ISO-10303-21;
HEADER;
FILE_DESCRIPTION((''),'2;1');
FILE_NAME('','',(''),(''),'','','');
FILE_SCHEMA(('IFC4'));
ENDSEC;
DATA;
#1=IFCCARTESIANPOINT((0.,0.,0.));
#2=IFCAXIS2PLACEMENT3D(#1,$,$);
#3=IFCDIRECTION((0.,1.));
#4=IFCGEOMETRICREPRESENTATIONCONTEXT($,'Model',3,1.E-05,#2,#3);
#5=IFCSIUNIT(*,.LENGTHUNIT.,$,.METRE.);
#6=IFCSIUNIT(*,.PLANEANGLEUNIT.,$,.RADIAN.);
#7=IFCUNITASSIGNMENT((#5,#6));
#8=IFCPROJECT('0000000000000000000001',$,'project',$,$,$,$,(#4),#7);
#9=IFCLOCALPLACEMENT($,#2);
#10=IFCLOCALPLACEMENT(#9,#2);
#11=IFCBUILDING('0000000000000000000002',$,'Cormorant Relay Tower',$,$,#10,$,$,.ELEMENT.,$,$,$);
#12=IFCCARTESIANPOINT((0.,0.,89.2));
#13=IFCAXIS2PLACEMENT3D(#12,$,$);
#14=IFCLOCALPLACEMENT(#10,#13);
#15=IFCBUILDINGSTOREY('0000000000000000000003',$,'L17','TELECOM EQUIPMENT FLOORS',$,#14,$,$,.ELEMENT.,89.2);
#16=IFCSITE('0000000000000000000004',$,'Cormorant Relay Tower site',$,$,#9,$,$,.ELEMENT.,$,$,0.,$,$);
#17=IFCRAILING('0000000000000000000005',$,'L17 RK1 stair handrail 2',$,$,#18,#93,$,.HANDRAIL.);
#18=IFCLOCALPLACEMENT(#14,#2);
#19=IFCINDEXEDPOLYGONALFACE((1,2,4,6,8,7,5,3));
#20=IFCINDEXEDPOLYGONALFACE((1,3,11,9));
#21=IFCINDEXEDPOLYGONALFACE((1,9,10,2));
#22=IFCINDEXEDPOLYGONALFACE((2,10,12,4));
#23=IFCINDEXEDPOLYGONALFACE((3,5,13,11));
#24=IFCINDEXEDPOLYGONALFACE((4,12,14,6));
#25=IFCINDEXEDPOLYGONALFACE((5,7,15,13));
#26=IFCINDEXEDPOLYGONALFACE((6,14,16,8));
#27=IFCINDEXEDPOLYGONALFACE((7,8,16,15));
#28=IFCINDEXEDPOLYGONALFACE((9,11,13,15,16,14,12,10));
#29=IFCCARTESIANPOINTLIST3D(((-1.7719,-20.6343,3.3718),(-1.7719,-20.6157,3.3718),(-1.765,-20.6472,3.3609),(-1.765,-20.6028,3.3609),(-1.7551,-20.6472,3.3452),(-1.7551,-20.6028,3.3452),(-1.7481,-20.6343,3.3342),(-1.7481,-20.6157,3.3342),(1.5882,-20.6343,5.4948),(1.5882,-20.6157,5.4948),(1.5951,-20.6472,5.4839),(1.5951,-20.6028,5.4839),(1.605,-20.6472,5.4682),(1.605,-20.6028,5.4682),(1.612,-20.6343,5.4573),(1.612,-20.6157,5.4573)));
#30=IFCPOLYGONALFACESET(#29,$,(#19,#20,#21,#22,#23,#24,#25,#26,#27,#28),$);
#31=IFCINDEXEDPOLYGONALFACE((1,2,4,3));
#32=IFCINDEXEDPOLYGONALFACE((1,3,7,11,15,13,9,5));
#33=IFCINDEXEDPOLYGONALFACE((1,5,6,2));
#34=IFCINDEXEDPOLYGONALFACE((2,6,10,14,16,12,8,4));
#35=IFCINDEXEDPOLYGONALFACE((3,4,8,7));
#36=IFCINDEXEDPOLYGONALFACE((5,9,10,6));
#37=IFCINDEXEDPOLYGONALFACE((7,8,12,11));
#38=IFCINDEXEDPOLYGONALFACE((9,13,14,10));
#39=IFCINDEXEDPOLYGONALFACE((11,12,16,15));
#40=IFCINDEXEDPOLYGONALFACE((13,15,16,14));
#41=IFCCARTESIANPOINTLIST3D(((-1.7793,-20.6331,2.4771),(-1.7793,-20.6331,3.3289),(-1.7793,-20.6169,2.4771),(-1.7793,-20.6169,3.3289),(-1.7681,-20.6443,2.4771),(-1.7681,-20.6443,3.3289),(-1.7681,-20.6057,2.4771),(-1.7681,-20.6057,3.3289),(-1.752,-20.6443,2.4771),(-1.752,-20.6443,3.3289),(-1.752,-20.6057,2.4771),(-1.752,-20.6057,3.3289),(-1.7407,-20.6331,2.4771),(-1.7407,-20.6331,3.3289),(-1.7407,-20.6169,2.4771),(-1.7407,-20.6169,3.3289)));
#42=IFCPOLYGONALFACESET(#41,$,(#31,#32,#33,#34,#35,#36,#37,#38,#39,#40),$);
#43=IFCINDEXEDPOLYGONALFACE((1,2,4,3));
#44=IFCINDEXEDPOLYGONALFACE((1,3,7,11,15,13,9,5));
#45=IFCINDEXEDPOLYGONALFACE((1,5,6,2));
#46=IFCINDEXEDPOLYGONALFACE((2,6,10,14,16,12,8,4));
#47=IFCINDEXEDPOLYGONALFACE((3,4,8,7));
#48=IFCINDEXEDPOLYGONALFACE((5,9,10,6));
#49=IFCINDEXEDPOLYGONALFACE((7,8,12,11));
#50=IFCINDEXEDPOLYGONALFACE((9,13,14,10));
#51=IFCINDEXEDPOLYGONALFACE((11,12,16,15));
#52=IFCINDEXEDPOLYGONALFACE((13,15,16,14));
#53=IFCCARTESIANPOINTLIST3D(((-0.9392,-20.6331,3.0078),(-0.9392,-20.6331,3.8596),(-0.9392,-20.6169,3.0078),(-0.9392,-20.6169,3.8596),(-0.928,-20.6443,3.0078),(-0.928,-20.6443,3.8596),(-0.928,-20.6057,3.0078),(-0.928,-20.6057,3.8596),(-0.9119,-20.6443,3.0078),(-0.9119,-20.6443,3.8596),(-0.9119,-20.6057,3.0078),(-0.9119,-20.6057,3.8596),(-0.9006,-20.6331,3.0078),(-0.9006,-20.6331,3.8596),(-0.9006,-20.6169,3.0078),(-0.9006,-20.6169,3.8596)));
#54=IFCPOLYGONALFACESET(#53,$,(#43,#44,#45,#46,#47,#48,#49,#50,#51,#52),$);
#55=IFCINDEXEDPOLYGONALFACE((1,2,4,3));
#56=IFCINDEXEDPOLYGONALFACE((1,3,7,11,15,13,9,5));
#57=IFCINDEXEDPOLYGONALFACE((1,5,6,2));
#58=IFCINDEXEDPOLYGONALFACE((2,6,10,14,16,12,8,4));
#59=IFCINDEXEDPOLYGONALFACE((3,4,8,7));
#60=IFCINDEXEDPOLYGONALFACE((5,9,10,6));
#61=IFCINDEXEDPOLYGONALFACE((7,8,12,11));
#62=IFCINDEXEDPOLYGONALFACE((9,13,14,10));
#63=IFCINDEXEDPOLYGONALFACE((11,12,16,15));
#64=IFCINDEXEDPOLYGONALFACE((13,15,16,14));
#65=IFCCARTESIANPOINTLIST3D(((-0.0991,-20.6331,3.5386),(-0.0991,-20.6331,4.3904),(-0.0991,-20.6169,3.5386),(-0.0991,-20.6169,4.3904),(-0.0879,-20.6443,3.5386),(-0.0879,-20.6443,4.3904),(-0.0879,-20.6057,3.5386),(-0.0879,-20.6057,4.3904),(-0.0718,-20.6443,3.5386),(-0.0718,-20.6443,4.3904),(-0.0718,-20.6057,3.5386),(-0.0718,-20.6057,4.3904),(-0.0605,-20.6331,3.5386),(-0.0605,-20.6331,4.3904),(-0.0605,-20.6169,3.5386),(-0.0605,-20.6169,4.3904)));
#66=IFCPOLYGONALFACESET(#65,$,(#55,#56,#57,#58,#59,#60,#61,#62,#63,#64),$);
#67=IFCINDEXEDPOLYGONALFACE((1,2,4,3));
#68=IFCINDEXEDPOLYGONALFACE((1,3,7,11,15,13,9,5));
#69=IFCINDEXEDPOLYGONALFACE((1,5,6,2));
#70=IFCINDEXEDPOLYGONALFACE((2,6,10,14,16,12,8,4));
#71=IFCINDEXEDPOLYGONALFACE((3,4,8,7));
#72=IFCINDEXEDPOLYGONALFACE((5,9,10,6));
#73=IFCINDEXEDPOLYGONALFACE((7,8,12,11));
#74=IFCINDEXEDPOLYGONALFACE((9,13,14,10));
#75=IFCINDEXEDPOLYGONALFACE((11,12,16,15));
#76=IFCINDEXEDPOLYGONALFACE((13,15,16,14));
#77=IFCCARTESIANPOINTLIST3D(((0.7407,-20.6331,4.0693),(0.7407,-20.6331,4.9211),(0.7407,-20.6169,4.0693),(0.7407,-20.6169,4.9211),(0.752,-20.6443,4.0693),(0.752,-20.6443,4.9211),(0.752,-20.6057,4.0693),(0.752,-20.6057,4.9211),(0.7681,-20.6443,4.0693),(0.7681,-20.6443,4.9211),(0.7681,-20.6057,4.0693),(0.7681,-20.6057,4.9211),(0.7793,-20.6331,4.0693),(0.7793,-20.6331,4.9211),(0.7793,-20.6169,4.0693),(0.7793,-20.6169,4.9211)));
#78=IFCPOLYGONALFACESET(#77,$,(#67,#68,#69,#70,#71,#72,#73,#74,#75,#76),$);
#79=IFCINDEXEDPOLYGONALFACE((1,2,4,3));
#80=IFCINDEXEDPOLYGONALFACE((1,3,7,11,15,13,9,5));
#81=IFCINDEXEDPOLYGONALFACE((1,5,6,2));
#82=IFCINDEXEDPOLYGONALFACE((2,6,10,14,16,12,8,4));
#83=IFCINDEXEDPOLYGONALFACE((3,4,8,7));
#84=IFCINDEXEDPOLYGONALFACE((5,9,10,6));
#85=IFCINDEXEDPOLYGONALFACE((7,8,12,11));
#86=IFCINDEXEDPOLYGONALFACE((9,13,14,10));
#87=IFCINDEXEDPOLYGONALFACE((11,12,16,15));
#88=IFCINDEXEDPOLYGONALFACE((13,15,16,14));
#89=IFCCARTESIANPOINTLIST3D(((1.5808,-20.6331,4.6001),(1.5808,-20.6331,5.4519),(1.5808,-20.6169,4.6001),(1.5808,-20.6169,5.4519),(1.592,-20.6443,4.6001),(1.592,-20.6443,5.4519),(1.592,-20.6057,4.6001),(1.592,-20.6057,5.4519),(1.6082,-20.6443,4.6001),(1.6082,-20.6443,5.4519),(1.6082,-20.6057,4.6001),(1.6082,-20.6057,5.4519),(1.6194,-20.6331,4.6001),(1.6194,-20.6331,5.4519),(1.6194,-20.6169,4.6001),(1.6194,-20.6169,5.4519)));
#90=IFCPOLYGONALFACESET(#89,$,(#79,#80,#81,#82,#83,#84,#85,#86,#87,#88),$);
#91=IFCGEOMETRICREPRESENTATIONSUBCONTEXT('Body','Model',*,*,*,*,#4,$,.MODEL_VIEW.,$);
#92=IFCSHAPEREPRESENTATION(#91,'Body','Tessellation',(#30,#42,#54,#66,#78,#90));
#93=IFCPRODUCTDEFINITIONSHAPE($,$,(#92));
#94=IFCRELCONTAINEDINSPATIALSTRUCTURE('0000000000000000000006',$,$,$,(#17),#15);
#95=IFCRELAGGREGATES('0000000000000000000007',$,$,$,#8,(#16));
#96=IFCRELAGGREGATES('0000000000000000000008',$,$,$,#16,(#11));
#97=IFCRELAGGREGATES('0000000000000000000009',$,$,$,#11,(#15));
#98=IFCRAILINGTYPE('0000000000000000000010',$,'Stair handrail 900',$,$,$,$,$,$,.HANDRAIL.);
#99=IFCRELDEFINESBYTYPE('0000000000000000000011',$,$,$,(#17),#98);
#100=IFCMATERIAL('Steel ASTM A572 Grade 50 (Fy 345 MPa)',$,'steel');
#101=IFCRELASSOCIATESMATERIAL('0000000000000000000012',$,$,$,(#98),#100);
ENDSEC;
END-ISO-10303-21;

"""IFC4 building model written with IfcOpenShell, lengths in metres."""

from ifc_helpers import new_model, si_unit, direction, frame, origin, place, context, subcontext, project, spatial, polyline, outline, extrude, material, type_object, element, save


model = new_model("IFC4")

# Units and contexts
model_context = context("Model", 3, precision=1e-05, world=origin(), true_north=direction((0.0, 1.0)))
body_context = subcontext(model_context, "Body", "Model", "MODEL_VIEW")
ifc_project = project(units=[si_unit("LENGTHUNIT", "METRE"), si_unit("PLANEANGLEUNIT", "RADIAN")], contexts=[model_context])

# Site, building, storey
site_placement = place(None, origin())
site = spatial("IfcSite", under=ifc_project, at=site_placement, Name="Cormorant Relay Tower site", CompositionType="ELEMENT", RefElevation=0.0)
building_placement = place(site_placement, origin())
building = spatial("IfcBuilding", under=site, at=building_placement, Name="Cormorant Relay Tower", CompositionType="ELEMENT")
storey_placement = place(building_placement, frame((0.0, 0.0, 89.2)))
storey = spatial("IfcBuildingStorey", under=building, at=storey_placement, Name="L17", Description="TELECOM EQUIPMENT FLOORS", CompositionType="ELEMENT", Elevation=89.2)

# Railing
ifc_material_1 = material(Name="Steel ASTM A572 Grade 50 (Fy 345 MPa)", Category="steel")
railing_type_1 = type_object("IfcRailingType", Name="Stair handrail 900", PredefinedType="HANDRAIL", material=ifc_material_1)
railing_1_placement = place(storey_placement, frame((-1.76, -20.625, 2.4771)))
element("IfcRailing", 1, at=railing_1_placement, inside=storey, type_object=railing_type_1, Name="L17 RK1 stair handrail 2", PredefinedType="HANDRAIL", context=body_context, shape_type="SweptSolid", body=[
    extrude(outline(polyline([(0.0222, 0.0093), (0.0093, 0.0222), (-0.0093, 0.0222), (-0.0222, 0.0093), (-0.0222, -0.0093), (-0.0093, -0.0222), (0.0093, -0.0222), (0.0222, -0.0093), (0.0222, 0.0093)])), frame((0.0, 0.0, 0.876), z_axis=(0.84539, 0.0, 0.53415), x_axis=(0.0, 1.0, 0.0)), (0.0, 0.0, 1.0), 3.9746),
    extrude(outline(polyline([(0.0193, 0.0081), (0.0081, 0.0193), (-0.0081, 0.0193), (-0.0193, 0.0081), (-0.0193, -0.0081), (-0.0081, -0.0193), (0.0081, -0.0193), (0.0193, -0.0081), (0.0193, 0.0081)])), origin(), (0.0, 0.0, 1.0), 0.8518),
    extrude(outline(polyline([(0.0193, 0.0081), (0.0081, 0.0193), (-0.0081, 0.0193), (-0.0193, 0.0081), (-0.0193, -0.0081), (-0.0081, -0.0193), (0.0081, -0.0193), (0.0193, -0.0081), (0.0193, 0.0081)])), frame((0.8401, 0.0, 0.5308)), (0.0, 0.0, 1.0), 0.8518),
    extrude(outline(polyline([(0.0193, 0.0081), (0.0081, 0.0193), (-0.0081, 0.0193), (-0.0193, 0.0081), (-0.0193, -0.0081), (-0.0081, -0.0193), (0.0081, -0.0193), (0.0193, -0.0081), (0.0193, 0.0081)])), frame((1.6802, 0.0, 1.0615)), (0.0, 0.0, 1.0), 0.8518),
    extrude(outline(polyline([(0.0193, 0.0081), (0.0081, 0.0193), (-0.0081, 0.0193), (-0.0193, 0.0081), (-0.0193, -0.0081), (-0.0081, -0.0193), (0.0081, -0.0193), (0.0193, -0.0081), (0.0193, 0.0081)])), frame((2.52, 0.0, 1.5923)), (0.0, 0.0, 1.0), 0.8518),
    extrude(outline(polyline([(0.0193, 0.0081), (0.0081, 0.0193), (-0.0081, 0.0193), (-0.0193, 0.0081), (-0.0193, -0.0081), (-0.0081, -0.0193), (0.0081, -0.0193), (0.0193, -0.0081), (0.0193, 0.0081)])), frame((3.3601, 0.0, 2.123)), (0.0, 0.0, 1.0), 0.8518),
])

save(model, "model.ifc")
